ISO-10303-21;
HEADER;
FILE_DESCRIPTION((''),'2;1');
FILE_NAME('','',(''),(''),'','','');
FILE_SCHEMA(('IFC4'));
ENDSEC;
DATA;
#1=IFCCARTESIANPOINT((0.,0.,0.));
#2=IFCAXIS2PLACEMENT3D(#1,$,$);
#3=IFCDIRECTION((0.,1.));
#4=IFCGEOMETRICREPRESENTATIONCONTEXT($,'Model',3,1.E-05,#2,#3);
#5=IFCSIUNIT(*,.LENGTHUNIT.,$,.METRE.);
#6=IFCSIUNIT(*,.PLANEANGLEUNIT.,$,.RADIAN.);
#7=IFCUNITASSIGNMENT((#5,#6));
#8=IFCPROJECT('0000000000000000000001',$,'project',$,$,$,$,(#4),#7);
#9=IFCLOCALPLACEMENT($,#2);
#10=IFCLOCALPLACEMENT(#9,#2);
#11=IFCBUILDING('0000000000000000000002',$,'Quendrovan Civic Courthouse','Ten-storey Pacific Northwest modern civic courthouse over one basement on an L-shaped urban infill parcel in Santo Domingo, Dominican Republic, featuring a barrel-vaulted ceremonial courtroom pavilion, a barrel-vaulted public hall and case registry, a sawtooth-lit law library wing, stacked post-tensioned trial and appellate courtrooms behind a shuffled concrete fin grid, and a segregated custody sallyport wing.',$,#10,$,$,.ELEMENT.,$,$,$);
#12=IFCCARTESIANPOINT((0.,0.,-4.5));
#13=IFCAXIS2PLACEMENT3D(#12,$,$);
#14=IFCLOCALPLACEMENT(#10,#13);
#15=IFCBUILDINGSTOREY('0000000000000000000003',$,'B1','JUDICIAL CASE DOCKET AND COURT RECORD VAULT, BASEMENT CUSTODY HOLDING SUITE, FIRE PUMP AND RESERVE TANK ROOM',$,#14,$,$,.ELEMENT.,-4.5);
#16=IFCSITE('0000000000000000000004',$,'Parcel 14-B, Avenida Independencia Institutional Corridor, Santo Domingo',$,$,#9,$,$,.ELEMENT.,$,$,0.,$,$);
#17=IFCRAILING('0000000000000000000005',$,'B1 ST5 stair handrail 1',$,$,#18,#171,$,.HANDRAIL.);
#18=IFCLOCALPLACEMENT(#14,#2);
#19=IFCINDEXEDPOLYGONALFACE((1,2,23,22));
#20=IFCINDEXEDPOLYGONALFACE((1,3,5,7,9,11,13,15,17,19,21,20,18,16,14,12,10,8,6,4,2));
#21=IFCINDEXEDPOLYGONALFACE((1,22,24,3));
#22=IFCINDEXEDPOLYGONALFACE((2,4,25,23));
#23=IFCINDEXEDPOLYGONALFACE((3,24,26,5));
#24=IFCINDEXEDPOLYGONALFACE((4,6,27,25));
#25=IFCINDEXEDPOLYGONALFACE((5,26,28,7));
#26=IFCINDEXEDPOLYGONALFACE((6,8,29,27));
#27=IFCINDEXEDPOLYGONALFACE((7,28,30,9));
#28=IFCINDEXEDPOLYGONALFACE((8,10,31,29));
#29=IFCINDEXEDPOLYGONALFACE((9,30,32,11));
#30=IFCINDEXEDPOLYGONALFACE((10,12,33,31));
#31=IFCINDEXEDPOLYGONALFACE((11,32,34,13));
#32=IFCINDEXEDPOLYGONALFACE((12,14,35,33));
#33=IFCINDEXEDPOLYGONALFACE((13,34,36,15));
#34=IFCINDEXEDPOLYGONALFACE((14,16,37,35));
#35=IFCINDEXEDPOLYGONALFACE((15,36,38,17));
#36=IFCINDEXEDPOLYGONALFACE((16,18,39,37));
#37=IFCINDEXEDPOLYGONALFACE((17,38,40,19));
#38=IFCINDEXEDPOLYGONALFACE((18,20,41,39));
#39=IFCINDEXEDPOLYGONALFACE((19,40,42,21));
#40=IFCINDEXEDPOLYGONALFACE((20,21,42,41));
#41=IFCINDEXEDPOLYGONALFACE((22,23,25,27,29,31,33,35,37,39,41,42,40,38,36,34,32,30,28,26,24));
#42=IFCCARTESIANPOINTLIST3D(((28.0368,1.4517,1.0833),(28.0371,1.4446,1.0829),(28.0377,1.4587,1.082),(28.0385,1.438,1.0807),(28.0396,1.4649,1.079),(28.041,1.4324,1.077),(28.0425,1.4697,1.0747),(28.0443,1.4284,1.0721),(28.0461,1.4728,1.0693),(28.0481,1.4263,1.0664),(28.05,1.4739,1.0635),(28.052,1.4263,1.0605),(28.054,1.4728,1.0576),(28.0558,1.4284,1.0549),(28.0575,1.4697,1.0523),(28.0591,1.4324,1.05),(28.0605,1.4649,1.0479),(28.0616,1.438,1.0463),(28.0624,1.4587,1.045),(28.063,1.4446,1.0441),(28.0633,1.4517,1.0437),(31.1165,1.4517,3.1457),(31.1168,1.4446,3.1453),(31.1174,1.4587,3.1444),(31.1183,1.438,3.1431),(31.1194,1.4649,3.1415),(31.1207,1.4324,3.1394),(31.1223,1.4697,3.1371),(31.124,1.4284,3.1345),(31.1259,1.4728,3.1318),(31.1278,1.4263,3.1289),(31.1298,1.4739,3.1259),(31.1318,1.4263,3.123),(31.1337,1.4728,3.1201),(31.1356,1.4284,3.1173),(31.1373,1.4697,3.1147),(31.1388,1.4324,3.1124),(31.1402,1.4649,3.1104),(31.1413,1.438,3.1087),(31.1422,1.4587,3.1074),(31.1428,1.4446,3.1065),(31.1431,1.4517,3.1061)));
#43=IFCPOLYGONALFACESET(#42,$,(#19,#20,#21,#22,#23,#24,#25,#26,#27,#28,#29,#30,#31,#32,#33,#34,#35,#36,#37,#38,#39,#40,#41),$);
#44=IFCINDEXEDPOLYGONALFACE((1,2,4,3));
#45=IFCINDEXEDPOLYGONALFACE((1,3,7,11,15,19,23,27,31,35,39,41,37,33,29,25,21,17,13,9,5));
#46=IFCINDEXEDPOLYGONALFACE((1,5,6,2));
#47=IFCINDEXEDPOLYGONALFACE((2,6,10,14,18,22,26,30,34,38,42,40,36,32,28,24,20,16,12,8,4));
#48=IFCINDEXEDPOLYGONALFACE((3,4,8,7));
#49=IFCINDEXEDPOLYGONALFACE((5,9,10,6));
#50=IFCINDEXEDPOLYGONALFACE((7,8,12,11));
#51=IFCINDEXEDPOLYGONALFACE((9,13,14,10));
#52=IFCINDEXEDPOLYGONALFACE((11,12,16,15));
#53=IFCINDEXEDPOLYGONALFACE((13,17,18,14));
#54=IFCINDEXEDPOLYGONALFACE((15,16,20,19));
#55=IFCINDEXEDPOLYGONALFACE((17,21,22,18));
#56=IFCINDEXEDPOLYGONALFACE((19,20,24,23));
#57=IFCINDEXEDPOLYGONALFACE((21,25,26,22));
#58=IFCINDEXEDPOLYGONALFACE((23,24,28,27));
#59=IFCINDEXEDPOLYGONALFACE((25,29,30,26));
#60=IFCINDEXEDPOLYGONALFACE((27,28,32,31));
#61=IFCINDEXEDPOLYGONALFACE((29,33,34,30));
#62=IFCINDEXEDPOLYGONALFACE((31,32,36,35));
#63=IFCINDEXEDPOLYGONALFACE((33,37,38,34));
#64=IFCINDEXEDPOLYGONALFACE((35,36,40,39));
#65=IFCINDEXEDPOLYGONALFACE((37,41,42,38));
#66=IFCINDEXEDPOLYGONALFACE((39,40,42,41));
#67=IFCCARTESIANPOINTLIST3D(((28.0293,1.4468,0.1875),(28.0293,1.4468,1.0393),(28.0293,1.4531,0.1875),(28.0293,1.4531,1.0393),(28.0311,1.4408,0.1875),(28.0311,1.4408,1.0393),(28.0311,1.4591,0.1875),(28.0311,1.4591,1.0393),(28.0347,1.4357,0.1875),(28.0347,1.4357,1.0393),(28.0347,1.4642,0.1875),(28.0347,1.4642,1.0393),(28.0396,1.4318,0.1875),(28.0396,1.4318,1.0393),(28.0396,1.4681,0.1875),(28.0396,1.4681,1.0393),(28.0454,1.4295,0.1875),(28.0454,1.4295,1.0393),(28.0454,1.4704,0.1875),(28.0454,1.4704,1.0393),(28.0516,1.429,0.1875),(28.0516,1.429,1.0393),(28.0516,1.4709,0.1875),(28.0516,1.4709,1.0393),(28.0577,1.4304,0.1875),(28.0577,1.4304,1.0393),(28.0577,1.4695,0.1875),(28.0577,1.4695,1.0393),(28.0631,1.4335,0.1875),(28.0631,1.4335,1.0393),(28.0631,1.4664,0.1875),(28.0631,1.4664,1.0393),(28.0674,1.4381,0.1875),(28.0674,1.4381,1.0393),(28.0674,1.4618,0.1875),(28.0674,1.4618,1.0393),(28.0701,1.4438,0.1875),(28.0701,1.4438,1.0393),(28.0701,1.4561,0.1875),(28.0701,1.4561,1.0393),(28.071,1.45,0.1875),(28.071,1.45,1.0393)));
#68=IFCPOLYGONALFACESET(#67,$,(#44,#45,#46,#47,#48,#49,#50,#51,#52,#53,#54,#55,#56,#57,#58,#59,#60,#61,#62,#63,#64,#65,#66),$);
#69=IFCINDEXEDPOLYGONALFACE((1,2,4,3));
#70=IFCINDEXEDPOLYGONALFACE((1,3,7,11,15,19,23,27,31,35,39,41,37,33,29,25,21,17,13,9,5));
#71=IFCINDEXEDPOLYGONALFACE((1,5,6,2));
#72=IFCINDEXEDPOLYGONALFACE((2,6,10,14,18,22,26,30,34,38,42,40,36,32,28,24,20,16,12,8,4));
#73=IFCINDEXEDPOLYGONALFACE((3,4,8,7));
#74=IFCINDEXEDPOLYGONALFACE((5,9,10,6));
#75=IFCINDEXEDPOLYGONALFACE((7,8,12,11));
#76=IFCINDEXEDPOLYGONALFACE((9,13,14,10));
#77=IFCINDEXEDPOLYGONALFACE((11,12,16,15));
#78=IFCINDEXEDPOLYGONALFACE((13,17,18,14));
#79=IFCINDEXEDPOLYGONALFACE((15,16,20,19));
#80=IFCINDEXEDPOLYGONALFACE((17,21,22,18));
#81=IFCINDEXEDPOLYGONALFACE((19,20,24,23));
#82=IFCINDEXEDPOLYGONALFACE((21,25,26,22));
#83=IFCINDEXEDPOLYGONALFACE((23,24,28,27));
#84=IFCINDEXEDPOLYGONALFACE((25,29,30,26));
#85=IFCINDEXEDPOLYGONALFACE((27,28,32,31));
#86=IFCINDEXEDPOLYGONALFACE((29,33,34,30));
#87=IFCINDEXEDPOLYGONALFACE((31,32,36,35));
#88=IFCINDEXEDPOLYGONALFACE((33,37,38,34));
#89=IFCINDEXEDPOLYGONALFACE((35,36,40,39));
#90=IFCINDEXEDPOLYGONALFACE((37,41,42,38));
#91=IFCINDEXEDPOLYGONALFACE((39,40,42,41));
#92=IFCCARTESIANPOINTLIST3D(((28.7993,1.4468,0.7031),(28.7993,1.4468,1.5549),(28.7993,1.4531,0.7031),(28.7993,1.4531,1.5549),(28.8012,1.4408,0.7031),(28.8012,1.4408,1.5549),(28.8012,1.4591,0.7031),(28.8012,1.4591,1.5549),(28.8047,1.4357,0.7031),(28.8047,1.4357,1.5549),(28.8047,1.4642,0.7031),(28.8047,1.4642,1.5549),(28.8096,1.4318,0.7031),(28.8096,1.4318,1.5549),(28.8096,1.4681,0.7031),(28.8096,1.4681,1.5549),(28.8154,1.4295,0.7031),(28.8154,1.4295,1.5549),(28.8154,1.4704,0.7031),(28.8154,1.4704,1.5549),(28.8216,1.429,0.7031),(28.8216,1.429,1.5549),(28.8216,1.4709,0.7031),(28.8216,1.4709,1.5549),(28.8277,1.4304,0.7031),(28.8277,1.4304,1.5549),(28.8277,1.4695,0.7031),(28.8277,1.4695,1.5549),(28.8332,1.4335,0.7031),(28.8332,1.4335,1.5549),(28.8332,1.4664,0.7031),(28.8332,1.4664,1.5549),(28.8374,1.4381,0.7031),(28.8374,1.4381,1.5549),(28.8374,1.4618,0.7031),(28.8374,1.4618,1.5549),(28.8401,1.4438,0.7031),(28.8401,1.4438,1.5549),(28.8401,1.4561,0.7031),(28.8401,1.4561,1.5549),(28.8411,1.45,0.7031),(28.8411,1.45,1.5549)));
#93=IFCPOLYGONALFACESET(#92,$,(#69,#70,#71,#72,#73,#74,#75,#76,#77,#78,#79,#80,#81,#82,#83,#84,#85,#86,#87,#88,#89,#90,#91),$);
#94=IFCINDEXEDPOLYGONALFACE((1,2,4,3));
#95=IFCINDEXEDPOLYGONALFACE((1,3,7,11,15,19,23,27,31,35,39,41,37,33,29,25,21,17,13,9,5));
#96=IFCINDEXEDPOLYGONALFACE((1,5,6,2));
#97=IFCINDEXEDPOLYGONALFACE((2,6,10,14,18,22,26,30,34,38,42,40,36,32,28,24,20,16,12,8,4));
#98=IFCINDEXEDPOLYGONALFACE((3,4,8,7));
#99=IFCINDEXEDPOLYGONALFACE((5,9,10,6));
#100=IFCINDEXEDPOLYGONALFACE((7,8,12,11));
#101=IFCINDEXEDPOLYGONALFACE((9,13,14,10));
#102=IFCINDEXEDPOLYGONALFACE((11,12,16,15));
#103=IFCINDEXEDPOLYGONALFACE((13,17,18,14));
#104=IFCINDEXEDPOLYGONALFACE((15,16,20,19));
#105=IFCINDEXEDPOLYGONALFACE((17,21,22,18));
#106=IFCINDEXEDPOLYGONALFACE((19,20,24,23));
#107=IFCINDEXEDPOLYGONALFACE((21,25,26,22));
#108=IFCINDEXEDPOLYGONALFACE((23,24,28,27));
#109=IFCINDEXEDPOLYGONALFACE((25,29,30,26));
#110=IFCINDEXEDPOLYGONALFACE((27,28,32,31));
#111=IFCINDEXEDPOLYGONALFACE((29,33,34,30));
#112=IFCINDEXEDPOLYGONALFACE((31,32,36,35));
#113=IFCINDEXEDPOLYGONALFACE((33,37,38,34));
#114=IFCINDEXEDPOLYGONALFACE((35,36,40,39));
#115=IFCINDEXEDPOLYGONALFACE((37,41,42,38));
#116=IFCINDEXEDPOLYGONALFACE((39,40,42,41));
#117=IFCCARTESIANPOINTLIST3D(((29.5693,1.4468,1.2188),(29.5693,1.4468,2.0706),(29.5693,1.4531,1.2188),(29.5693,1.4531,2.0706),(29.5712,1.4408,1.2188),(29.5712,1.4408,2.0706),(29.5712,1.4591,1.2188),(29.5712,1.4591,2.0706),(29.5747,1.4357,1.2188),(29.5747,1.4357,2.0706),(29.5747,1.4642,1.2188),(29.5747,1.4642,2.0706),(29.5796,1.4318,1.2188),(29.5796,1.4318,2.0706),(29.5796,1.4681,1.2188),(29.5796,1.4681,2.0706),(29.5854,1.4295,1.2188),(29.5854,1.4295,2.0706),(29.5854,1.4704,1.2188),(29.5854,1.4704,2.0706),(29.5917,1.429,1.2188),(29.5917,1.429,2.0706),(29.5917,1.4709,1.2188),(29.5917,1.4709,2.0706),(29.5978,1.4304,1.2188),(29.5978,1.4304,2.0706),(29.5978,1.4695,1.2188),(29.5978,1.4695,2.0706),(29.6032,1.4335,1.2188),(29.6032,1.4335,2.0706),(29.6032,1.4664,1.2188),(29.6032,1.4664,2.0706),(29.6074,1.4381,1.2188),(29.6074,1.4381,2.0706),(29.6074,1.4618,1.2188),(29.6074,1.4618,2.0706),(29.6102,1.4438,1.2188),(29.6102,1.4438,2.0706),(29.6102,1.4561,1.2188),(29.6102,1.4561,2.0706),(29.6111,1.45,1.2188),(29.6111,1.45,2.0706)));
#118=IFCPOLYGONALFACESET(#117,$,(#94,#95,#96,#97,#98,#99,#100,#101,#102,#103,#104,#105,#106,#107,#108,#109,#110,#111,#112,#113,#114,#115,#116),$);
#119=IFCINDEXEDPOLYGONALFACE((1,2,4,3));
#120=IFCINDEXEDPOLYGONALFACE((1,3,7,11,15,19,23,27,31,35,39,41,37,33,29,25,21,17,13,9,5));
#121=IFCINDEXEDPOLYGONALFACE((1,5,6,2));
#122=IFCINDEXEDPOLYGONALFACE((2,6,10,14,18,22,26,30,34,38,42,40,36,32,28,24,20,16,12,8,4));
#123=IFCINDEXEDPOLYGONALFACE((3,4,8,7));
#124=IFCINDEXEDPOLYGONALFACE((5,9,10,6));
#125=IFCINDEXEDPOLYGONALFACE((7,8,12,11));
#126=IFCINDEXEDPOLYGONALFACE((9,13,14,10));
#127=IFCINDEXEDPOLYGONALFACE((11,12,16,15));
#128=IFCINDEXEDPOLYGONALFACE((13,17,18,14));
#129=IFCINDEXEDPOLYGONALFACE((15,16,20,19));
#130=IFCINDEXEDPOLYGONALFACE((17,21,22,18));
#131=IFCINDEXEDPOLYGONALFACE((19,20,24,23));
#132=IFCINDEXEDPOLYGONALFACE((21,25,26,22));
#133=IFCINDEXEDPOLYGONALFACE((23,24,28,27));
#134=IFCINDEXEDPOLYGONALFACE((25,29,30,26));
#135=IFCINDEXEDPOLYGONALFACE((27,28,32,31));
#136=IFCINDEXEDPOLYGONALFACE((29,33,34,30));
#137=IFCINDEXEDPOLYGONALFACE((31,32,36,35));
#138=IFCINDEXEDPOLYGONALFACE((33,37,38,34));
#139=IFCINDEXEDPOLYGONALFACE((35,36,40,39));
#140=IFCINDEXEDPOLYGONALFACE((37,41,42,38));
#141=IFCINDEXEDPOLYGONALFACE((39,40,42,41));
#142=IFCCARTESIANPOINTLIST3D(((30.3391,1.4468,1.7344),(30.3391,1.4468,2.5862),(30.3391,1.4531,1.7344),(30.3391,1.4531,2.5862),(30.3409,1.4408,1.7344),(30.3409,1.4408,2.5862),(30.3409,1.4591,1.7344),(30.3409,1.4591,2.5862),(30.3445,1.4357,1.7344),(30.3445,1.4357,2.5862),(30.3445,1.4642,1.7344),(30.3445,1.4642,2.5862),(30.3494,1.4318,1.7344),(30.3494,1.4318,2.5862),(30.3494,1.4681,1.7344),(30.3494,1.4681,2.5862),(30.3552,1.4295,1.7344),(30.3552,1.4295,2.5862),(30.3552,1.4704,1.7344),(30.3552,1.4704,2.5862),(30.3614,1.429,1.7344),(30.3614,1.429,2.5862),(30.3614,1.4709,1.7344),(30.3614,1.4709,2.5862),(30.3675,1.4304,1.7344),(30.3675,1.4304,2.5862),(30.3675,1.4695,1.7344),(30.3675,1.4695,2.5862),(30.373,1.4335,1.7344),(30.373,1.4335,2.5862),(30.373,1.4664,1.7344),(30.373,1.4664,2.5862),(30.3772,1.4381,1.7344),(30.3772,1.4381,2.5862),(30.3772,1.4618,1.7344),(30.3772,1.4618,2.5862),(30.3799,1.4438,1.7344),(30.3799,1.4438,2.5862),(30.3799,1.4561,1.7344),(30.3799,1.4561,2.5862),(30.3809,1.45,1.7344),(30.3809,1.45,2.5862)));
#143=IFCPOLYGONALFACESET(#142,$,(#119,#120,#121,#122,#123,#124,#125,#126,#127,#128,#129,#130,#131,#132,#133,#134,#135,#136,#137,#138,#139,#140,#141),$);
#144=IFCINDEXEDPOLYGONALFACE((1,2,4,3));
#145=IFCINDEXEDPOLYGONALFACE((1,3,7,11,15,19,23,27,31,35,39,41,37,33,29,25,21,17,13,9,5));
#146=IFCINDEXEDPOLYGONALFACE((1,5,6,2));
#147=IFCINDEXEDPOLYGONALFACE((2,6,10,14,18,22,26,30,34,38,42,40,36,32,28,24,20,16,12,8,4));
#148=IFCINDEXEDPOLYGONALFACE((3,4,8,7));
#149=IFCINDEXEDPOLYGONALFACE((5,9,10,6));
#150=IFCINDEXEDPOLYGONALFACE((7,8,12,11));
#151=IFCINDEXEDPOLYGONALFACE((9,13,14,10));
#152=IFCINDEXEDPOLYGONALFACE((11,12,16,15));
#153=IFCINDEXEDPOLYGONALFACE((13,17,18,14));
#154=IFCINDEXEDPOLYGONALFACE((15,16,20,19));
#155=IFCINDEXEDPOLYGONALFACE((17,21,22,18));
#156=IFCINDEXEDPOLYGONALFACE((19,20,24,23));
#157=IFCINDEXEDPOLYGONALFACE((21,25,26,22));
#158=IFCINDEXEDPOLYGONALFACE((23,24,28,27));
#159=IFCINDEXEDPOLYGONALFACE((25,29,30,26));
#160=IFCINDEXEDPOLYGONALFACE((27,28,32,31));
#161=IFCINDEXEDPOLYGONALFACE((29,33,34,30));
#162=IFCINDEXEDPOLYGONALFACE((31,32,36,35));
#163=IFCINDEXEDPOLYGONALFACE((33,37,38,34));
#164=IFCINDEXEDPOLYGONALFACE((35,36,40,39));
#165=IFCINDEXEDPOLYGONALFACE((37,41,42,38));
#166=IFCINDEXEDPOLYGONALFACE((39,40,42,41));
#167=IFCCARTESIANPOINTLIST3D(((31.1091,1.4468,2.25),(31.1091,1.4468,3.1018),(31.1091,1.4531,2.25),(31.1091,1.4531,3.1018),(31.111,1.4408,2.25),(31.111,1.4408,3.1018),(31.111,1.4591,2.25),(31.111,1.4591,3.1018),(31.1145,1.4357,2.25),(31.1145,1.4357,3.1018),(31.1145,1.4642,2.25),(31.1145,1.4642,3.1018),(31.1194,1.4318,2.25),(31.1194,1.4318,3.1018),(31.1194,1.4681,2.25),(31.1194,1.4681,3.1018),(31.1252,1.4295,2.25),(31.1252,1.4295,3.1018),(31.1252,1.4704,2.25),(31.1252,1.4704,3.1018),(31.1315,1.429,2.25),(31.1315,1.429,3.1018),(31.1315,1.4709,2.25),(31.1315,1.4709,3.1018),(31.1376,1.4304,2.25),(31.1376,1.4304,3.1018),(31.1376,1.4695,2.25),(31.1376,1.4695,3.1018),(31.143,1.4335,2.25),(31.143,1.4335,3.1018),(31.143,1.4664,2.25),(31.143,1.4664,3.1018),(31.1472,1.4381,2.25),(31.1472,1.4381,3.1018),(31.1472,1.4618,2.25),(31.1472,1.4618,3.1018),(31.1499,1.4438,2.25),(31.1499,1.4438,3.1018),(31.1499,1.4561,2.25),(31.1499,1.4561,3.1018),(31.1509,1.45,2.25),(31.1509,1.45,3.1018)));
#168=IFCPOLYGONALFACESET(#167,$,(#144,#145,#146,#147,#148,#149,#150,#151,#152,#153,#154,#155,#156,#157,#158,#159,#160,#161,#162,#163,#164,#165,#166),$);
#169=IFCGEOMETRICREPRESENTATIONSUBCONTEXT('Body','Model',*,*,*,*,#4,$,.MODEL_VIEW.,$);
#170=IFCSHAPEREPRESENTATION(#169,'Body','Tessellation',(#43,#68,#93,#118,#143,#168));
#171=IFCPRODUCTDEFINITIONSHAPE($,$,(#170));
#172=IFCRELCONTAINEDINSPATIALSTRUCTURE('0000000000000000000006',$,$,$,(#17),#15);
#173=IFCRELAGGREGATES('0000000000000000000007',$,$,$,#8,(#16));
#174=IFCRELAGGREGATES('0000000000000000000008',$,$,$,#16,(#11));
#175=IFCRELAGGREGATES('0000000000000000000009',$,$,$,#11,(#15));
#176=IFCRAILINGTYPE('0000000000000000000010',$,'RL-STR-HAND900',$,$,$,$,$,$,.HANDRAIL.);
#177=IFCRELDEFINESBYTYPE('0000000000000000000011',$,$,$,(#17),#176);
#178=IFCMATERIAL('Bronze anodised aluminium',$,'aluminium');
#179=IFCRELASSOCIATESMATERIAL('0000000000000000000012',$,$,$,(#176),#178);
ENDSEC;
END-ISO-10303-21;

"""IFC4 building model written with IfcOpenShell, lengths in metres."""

from ifc_helpers import new_model, si_unit, direction, frame, origin, origin_2d, place, context, subcontext, project, spatial, circle, extrude, material, type_object, element, save


model = new_model("IFC4")

# Units and contexts
model_context = context("Model", 3, precision=1e-05, world=origin(), true_north=direction((0.0, 1.0)))
body_context = subcontext(model_context, "Body", "Model", "MODEL_VIEW")
ifc_project = project(units=[si_unit("LENGTHUNIT", "METRE"), si_unit("PLANEANGLEUNIT", "RADIAN")], contexts=[model_context])

# Site, building, storey
site_placement = place(None, origin())
site = spatial("IfcSite", under=ifc_project, at=site_placement, Name="Parcel 14-B, Avenida Independencia Institutional Corridor, Santo Domingo", CompositionType="ELEMENT", RefElevation=0.0)
building_placement = place(site_placement, origin())
building = spatial("IfcBuilding", under=site, at=building_placement, Name="Quendrovan Civic Courthouse", Description="Ten-storey Pacific Northwest modern civic courthouse over one basement on an L-shaped urban infill parcel in Santo Domingo, Dominican Republic, featuring a barrel-vaulted ceremonial courtroom pavilion, a barrel-vaulted public hall and case registry, a sawtooth-lit law library wing, stacked post-tensioned trial and appellate courtrooms behind a shuffled concrete fin grid, and a segregated custody sallyport wing.", CompositionType="ELEMENT")
storey_placement = place(building_placement, frame((0.0, 0.0, -4.5)))
storey = spatial("IfcBuildingStorey", under=building, at=storey_placement, Name="B1", Description="JUDICIAL CASE DOCKET AND COURT RECORD VAULT, BASEMENT CUSTODY HOLDING SUITE, FIRE PUMP AND RESERVE TANK ROOM", CompositionType="ELEMENT", Elevation=-4.5)

# Railing
ifc_material_1 = material(Name="Bronze anodised aluminium", Category="aluminium")
railing_type_1 = type_object("IfcRailingType", Name="RL-STR-HAND900", PredefinedType="HANDRAIL", material=ifc_material_1)
railing_1_placement = place(storey_placement, frame((28.05, 1.45, 0.1875)))
element("IfcRailing", 1, at=railing_1_placement, inside=storey, type_object=railing_type_1, Name="B1 ST5 stair handrail 1", PredefinedType="HANDRAIL", context=body_context, shape_type="SweptSolid", body=[
    extrude(circle(Radius=0.0239, at=origin_2d()), frame((0.0, 0.0, 0.876), z_axis=(0.830893, 0.0, 0.556432), x_axis=(0.0, 1.0, 0.0)), (0.0, 0.0, 1.0), 3.7065),
    extrude(circle(Radius=0.021, at=origin_2d()), origin(), (0.0, 0.0, 1.0), 0.8518),
    extrude(circle(Radius=0.021, at=origin_2d()), frame((0.77, 0.0, 0.5156)), (0.0, 0.0, 1.0), 0.8518),
    extrude(circle(Radius=0.021, at=origin_2d()), frame((1.54, 0.0, 1.0312)), (0.0, 0.0, 1.0), 0.8518),
    extrude(circle(Radius=0.021, at=origin_2d()), frame((2.3098, 0.0, 1.5469)), (0.0, 0.0, 1.0), 0.8518),
    extrude(circle(Radius=0.021, at=origin_2d()), frame((3.0798, 0.0, 2.0625)), (0.0, 0.0, 1.0), 0.8518),
])

save(model, "model.ifc")
